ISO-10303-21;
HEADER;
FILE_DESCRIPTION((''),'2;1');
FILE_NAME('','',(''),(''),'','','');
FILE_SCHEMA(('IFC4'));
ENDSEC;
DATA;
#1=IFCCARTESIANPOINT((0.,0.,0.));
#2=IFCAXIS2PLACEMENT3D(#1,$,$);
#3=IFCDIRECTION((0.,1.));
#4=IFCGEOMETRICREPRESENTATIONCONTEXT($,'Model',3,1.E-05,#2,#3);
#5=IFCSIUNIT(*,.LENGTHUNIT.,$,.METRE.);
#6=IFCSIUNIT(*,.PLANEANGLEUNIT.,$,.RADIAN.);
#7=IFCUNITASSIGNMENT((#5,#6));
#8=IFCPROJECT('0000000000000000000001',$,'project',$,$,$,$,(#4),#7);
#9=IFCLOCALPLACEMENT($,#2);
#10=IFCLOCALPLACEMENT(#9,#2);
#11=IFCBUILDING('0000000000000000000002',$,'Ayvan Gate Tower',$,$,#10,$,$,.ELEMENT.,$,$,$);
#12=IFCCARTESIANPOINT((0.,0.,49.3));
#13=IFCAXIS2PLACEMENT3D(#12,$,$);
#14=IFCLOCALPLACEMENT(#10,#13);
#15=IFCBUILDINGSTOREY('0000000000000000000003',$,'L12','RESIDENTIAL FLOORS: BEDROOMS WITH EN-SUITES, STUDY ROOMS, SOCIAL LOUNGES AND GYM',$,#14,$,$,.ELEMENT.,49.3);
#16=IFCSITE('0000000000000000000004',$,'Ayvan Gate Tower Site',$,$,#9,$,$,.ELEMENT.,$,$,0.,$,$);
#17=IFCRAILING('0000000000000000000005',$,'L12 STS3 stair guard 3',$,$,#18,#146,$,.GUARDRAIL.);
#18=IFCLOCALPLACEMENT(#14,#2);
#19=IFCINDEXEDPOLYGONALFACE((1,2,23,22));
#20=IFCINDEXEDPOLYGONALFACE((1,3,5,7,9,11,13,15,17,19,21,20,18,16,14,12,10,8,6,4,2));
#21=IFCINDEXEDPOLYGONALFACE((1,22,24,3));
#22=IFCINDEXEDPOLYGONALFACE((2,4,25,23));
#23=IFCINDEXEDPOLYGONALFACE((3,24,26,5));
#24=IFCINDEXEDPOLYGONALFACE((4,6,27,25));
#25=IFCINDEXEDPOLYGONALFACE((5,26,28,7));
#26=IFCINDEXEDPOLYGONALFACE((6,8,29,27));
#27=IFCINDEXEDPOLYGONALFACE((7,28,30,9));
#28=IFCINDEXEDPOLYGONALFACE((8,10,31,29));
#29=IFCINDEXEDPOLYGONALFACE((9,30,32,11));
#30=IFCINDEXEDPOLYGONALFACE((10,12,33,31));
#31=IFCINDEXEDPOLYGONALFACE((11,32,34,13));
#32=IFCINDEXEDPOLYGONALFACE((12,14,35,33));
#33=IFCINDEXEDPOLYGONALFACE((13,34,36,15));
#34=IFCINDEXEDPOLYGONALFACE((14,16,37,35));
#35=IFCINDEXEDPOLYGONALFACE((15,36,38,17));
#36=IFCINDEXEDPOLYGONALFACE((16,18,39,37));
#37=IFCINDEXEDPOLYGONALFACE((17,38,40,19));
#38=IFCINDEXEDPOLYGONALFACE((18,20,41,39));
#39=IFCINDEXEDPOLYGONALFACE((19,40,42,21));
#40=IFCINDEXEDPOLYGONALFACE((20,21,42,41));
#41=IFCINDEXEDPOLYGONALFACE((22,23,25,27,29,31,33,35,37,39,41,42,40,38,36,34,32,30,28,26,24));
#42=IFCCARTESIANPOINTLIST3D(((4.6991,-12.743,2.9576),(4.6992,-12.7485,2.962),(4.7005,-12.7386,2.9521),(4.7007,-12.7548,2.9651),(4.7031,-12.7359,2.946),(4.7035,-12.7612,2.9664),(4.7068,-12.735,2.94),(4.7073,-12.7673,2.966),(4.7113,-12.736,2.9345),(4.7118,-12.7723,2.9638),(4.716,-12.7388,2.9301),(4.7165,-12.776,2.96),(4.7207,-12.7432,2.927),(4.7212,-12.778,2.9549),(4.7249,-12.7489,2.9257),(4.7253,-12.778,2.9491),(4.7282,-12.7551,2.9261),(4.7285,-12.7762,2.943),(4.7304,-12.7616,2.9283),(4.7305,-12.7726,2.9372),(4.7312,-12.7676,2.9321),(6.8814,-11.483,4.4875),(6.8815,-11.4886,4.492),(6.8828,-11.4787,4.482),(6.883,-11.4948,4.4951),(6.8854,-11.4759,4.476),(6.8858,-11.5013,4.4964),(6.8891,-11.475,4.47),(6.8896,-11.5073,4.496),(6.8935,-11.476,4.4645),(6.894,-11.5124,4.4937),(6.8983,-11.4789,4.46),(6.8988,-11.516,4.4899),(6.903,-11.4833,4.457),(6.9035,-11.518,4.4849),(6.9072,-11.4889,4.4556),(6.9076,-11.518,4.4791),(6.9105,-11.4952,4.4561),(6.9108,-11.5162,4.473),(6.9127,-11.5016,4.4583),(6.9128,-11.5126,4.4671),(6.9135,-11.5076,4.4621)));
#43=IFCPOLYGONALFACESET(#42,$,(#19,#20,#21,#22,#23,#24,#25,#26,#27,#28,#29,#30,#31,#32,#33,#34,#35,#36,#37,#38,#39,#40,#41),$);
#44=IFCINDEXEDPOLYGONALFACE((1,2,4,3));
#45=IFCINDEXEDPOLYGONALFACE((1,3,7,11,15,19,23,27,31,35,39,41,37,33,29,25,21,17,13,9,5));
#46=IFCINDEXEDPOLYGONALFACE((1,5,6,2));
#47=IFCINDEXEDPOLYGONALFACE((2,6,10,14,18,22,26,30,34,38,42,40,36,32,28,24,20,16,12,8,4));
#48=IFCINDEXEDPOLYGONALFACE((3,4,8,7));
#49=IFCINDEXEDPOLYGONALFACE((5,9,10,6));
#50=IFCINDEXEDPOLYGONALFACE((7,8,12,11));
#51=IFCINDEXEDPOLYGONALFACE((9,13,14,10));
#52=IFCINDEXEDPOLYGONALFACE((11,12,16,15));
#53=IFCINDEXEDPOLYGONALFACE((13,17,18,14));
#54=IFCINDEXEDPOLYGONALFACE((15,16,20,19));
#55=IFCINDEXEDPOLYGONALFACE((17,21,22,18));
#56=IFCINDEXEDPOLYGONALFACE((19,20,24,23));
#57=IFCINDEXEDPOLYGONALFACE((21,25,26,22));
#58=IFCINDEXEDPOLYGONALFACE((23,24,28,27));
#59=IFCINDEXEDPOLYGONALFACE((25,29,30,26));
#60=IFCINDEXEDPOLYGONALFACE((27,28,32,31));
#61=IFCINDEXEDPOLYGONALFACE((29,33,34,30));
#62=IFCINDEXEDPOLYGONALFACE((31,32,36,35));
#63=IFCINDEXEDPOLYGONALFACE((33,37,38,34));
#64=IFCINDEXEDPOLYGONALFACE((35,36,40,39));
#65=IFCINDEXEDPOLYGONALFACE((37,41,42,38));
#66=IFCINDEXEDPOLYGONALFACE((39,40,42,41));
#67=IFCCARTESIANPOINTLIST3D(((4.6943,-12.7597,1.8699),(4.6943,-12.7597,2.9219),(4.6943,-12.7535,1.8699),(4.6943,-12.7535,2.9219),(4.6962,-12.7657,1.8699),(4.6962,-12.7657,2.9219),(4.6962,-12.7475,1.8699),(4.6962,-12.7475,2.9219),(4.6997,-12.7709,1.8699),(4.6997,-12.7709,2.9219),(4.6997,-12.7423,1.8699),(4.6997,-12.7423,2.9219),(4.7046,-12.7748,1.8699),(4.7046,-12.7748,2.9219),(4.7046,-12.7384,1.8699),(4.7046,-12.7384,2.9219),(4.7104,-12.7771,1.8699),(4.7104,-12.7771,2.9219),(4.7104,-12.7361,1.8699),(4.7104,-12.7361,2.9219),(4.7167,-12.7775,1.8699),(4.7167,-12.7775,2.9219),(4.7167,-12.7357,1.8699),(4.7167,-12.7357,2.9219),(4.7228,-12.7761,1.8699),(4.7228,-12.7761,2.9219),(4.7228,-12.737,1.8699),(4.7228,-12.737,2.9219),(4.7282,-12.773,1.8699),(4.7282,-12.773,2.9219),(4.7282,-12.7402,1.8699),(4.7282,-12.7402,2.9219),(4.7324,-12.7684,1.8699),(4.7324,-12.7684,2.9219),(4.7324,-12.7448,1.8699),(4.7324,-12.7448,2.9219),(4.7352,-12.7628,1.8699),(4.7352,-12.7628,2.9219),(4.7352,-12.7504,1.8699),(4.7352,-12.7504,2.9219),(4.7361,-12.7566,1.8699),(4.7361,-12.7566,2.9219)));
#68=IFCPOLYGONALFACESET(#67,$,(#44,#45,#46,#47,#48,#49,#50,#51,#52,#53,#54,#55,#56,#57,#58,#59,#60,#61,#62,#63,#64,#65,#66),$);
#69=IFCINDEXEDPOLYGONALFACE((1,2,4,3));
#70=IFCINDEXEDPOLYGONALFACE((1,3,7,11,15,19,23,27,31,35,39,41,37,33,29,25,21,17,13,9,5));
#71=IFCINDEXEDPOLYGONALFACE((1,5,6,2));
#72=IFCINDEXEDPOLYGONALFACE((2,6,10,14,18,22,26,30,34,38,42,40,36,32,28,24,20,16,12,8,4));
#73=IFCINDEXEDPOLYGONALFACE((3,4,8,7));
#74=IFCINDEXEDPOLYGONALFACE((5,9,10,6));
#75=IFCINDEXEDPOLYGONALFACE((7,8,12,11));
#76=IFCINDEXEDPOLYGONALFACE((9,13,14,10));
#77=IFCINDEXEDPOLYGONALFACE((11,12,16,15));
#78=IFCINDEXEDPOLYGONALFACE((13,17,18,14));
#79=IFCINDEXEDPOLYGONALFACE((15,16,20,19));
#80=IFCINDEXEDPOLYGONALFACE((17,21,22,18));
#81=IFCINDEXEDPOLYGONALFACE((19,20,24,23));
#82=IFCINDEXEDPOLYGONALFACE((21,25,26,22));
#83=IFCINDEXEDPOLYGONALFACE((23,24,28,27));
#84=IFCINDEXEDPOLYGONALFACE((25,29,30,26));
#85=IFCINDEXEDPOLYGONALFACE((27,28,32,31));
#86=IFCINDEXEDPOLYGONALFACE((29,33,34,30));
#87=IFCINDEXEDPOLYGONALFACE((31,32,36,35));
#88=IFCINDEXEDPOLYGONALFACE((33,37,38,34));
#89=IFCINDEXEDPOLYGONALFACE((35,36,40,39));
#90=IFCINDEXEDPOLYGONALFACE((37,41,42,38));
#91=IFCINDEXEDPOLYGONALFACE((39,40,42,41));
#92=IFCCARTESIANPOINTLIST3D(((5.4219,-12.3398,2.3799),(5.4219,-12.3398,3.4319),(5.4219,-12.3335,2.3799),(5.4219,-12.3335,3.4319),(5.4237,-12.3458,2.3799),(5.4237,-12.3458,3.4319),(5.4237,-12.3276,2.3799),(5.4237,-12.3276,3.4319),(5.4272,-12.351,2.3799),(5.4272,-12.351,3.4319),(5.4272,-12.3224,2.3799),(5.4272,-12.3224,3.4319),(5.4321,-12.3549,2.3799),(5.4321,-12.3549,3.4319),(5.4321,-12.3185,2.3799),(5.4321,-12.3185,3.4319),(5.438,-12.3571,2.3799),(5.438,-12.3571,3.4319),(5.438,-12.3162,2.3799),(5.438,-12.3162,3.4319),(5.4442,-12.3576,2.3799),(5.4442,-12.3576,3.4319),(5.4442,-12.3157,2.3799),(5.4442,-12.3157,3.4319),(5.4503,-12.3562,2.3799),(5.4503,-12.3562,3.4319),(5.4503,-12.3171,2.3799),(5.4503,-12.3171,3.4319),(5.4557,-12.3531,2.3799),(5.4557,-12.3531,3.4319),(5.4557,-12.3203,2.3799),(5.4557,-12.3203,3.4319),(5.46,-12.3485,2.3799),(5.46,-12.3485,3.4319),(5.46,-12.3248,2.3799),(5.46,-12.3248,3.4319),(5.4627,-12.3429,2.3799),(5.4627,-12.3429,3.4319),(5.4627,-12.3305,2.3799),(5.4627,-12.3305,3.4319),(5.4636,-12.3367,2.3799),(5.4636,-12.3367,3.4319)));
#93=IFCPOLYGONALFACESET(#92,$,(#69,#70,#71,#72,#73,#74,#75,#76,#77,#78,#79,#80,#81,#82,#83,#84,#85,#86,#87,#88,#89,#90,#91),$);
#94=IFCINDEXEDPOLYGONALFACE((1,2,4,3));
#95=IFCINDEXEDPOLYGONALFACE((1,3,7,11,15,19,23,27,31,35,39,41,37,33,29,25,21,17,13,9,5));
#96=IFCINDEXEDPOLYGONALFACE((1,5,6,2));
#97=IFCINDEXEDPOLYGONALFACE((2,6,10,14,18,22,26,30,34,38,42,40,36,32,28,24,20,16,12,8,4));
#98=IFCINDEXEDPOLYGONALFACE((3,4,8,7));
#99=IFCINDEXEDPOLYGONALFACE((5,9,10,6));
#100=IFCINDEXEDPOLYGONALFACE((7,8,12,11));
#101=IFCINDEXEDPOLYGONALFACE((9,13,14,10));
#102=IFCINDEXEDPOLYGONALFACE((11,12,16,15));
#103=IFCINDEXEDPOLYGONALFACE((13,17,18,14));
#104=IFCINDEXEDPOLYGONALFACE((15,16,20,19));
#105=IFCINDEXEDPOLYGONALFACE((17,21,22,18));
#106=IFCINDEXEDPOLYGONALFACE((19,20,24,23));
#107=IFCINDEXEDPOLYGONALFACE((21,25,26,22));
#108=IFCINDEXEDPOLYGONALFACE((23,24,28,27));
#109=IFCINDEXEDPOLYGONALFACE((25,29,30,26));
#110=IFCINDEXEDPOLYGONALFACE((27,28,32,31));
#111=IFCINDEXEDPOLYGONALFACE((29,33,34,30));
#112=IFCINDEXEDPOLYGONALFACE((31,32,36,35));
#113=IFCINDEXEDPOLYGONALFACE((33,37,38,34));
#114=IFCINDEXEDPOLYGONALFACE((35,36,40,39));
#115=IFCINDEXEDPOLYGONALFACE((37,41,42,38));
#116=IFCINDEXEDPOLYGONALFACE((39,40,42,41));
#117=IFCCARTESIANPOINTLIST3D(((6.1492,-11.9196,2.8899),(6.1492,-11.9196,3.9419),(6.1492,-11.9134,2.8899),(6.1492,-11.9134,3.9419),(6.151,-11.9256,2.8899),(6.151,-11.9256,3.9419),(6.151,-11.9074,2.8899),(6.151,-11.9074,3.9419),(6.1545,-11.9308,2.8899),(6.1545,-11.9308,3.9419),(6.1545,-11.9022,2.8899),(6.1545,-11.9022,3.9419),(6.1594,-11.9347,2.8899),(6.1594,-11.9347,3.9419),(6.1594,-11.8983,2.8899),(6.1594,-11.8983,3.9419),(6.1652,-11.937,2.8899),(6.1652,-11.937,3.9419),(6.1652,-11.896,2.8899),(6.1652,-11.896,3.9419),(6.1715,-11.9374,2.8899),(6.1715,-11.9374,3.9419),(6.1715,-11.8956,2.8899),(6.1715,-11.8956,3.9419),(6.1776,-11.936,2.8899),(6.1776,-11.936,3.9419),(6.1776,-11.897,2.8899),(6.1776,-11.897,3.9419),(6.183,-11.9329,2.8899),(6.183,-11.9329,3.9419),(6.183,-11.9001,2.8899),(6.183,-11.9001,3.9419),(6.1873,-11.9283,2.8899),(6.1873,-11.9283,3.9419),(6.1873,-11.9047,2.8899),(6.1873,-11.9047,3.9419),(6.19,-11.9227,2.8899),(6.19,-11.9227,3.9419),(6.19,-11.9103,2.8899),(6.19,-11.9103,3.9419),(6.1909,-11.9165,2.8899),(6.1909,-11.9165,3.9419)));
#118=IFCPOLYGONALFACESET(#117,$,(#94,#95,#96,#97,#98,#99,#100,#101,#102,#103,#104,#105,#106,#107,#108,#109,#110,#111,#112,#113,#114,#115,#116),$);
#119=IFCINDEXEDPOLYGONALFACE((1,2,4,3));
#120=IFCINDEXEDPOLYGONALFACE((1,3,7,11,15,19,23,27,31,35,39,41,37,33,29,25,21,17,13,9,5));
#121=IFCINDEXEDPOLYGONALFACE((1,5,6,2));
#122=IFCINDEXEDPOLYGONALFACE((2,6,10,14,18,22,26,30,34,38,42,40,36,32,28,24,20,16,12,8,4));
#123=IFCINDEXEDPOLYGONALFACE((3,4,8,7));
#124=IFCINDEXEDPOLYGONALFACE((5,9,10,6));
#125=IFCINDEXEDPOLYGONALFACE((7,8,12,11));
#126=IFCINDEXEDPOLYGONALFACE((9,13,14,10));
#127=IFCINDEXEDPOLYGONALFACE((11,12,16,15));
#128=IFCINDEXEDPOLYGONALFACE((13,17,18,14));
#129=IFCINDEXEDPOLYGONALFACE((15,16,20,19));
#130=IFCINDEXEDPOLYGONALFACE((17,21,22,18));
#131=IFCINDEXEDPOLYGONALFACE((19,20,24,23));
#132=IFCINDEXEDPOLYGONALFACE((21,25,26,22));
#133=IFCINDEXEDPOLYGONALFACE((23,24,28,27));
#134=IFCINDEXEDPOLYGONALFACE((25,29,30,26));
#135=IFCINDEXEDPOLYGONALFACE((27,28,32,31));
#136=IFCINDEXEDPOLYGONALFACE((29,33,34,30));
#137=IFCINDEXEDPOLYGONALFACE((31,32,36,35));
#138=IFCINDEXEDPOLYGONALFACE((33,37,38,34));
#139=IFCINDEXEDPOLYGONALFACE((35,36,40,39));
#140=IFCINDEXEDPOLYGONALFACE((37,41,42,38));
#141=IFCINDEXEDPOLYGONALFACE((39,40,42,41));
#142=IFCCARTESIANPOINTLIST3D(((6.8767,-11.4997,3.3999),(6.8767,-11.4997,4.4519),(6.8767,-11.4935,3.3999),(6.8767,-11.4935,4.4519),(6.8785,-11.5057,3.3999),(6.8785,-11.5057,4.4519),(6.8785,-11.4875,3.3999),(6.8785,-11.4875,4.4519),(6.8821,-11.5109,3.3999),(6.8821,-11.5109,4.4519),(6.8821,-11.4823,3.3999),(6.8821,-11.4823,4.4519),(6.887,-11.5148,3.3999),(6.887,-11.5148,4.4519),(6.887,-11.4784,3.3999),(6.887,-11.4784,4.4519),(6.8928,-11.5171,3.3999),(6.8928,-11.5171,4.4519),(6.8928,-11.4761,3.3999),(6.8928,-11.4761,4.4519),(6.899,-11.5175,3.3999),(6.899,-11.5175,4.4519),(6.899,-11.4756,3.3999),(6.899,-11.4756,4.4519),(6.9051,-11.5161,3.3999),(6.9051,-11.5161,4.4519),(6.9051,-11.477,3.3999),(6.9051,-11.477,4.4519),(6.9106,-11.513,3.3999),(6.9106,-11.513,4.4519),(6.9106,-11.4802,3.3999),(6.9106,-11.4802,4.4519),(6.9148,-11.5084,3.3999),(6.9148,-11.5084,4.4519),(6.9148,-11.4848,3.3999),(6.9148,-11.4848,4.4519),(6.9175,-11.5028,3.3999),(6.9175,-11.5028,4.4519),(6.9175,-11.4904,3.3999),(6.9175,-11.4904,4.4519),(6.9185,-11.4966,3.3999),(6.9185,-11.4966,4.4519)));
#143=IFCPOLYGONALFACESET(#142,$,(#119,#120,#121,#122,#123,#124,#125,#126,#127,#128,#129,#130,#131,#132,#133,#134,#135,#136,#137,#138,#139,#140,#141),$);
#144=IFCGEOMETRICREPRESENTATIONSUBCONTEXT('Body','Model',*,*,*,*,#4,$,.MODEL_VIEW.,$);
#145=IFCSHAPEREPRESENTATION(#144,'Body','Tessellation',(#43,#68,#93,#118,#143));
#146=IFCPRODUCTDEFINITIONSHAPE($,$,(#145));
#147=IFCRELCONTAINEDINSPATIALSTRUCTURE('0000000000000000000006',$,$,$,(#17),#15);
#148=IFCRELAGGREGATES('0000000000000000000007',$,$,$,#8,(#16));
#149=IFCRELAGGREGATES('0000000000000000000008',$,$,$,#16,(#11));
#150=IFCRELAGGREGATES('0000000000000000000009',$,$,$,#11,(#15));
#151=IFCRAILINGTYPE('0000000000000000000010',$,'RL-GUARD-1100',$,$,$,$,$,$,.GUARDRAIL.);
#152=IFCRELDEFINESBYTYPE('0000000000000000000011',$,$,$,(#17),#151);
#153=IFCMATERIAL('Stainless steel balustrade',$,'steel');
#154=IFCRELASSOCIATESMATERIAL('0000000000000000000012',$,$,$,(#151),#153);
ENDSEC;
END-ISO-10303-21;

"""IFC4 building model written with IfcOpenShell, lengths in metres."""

from ifc_helpers import new_model, si_unit, direction, frame, origin, origin_2d, place, context, subcontext, project, spatial, circle, extrude, material, type_object, element, save


model = new_model("IFC4")

# Units and contexts
model_context = context("Model", 3, precision=1e-05, world=origin(), true_north=direction((0.0, 1.0)))
body_context = subcontext(model_context, "Body", "Model", "MODEL_VIEW")
ifc_project = project(units=[si_unit("LENGTHUNIT", "METRE"), si_unit("PLANEANGLEUNIT", "RADIAN")], contexts=[model_context])

# Site, building, storey
site_placement = place(None, origin())
site = spatial("IfcSite", under=ifc_project, at=site_placement, Name="Ayvan Gate Tower Site", CompositionType="ELEMENT", RefElevation=0.0)
building_placement = place(site_placement, origin())
building = spatial("IfcBuilding", under=site, at=building_placement, Name="Ayvan Gate Tower", CompositionType="ELEMENT")
storey_placement = place(building_placement, frame((0.0, 0.0, 49.3)))
storey = spatial("IfcBuildingStorey", under=building, at=storey_placement, Name="L12", Description="RESIDENTIAL FLOORS: BEDROOMS WITH EN-SUITES, STUDY ROOMS, SOCIAL LOUNGES AND GYM", CompositionType="ELEMENT", Elevation=49.3)

# Railing
ifc_material_1 = material(Name="Stainless steel balustrade", Category="steel")
railing_type_1 = type_object("IfcRailingType", Name="RL-GUARD-1100", PredefinedType="GUARDRAIL", material=ifc_material_1)
railing_1_placement = place(storey_placement, frame((4.7151, -12.7566, 1.8699)))
element("IfcRailing", 1, at=railing_1_placement, inside=storey, type_object=railing_type_1, Name="L12 STS3 stair guard 3", PredefinedType="GUARDRAIL", context=body_context, shape_type="SweptSolid", body=[
    extrude(circle(Radius=0.0239, at=origin_2d()), frame((0.0, 0.0, 1.0762), z_axis=(0.740261, 0.427395, 0.518986), x_axis=(-0.500005, 0.866023, 0.0)), (0.0, 0.0, 1.0), 2.948),
    extrude(circle(Radius=0.021, at=origin_2d()), origin(), (0.0, 0.0, 1.0), 1.052),
    extrude(circle(Radius=0.021, at=origin_2d()), frame((0.7275, 0.4199, 0.51)), (0.0, 0.0, 1.0), 1.052),
    extrude(circle(Radius=0.021, at=origin_2d()), frame((1.4548, 0.8401, 1.02)), (0.0, 0.0, 1.0), 1.052),
    extrude(circle(Radius=0.021, at=origin_2d()), frame((2.1824, 1.26, 1.53)), (0.0, 0.0, 1.0), 1.052),
])

save(model, "model.ifc")
